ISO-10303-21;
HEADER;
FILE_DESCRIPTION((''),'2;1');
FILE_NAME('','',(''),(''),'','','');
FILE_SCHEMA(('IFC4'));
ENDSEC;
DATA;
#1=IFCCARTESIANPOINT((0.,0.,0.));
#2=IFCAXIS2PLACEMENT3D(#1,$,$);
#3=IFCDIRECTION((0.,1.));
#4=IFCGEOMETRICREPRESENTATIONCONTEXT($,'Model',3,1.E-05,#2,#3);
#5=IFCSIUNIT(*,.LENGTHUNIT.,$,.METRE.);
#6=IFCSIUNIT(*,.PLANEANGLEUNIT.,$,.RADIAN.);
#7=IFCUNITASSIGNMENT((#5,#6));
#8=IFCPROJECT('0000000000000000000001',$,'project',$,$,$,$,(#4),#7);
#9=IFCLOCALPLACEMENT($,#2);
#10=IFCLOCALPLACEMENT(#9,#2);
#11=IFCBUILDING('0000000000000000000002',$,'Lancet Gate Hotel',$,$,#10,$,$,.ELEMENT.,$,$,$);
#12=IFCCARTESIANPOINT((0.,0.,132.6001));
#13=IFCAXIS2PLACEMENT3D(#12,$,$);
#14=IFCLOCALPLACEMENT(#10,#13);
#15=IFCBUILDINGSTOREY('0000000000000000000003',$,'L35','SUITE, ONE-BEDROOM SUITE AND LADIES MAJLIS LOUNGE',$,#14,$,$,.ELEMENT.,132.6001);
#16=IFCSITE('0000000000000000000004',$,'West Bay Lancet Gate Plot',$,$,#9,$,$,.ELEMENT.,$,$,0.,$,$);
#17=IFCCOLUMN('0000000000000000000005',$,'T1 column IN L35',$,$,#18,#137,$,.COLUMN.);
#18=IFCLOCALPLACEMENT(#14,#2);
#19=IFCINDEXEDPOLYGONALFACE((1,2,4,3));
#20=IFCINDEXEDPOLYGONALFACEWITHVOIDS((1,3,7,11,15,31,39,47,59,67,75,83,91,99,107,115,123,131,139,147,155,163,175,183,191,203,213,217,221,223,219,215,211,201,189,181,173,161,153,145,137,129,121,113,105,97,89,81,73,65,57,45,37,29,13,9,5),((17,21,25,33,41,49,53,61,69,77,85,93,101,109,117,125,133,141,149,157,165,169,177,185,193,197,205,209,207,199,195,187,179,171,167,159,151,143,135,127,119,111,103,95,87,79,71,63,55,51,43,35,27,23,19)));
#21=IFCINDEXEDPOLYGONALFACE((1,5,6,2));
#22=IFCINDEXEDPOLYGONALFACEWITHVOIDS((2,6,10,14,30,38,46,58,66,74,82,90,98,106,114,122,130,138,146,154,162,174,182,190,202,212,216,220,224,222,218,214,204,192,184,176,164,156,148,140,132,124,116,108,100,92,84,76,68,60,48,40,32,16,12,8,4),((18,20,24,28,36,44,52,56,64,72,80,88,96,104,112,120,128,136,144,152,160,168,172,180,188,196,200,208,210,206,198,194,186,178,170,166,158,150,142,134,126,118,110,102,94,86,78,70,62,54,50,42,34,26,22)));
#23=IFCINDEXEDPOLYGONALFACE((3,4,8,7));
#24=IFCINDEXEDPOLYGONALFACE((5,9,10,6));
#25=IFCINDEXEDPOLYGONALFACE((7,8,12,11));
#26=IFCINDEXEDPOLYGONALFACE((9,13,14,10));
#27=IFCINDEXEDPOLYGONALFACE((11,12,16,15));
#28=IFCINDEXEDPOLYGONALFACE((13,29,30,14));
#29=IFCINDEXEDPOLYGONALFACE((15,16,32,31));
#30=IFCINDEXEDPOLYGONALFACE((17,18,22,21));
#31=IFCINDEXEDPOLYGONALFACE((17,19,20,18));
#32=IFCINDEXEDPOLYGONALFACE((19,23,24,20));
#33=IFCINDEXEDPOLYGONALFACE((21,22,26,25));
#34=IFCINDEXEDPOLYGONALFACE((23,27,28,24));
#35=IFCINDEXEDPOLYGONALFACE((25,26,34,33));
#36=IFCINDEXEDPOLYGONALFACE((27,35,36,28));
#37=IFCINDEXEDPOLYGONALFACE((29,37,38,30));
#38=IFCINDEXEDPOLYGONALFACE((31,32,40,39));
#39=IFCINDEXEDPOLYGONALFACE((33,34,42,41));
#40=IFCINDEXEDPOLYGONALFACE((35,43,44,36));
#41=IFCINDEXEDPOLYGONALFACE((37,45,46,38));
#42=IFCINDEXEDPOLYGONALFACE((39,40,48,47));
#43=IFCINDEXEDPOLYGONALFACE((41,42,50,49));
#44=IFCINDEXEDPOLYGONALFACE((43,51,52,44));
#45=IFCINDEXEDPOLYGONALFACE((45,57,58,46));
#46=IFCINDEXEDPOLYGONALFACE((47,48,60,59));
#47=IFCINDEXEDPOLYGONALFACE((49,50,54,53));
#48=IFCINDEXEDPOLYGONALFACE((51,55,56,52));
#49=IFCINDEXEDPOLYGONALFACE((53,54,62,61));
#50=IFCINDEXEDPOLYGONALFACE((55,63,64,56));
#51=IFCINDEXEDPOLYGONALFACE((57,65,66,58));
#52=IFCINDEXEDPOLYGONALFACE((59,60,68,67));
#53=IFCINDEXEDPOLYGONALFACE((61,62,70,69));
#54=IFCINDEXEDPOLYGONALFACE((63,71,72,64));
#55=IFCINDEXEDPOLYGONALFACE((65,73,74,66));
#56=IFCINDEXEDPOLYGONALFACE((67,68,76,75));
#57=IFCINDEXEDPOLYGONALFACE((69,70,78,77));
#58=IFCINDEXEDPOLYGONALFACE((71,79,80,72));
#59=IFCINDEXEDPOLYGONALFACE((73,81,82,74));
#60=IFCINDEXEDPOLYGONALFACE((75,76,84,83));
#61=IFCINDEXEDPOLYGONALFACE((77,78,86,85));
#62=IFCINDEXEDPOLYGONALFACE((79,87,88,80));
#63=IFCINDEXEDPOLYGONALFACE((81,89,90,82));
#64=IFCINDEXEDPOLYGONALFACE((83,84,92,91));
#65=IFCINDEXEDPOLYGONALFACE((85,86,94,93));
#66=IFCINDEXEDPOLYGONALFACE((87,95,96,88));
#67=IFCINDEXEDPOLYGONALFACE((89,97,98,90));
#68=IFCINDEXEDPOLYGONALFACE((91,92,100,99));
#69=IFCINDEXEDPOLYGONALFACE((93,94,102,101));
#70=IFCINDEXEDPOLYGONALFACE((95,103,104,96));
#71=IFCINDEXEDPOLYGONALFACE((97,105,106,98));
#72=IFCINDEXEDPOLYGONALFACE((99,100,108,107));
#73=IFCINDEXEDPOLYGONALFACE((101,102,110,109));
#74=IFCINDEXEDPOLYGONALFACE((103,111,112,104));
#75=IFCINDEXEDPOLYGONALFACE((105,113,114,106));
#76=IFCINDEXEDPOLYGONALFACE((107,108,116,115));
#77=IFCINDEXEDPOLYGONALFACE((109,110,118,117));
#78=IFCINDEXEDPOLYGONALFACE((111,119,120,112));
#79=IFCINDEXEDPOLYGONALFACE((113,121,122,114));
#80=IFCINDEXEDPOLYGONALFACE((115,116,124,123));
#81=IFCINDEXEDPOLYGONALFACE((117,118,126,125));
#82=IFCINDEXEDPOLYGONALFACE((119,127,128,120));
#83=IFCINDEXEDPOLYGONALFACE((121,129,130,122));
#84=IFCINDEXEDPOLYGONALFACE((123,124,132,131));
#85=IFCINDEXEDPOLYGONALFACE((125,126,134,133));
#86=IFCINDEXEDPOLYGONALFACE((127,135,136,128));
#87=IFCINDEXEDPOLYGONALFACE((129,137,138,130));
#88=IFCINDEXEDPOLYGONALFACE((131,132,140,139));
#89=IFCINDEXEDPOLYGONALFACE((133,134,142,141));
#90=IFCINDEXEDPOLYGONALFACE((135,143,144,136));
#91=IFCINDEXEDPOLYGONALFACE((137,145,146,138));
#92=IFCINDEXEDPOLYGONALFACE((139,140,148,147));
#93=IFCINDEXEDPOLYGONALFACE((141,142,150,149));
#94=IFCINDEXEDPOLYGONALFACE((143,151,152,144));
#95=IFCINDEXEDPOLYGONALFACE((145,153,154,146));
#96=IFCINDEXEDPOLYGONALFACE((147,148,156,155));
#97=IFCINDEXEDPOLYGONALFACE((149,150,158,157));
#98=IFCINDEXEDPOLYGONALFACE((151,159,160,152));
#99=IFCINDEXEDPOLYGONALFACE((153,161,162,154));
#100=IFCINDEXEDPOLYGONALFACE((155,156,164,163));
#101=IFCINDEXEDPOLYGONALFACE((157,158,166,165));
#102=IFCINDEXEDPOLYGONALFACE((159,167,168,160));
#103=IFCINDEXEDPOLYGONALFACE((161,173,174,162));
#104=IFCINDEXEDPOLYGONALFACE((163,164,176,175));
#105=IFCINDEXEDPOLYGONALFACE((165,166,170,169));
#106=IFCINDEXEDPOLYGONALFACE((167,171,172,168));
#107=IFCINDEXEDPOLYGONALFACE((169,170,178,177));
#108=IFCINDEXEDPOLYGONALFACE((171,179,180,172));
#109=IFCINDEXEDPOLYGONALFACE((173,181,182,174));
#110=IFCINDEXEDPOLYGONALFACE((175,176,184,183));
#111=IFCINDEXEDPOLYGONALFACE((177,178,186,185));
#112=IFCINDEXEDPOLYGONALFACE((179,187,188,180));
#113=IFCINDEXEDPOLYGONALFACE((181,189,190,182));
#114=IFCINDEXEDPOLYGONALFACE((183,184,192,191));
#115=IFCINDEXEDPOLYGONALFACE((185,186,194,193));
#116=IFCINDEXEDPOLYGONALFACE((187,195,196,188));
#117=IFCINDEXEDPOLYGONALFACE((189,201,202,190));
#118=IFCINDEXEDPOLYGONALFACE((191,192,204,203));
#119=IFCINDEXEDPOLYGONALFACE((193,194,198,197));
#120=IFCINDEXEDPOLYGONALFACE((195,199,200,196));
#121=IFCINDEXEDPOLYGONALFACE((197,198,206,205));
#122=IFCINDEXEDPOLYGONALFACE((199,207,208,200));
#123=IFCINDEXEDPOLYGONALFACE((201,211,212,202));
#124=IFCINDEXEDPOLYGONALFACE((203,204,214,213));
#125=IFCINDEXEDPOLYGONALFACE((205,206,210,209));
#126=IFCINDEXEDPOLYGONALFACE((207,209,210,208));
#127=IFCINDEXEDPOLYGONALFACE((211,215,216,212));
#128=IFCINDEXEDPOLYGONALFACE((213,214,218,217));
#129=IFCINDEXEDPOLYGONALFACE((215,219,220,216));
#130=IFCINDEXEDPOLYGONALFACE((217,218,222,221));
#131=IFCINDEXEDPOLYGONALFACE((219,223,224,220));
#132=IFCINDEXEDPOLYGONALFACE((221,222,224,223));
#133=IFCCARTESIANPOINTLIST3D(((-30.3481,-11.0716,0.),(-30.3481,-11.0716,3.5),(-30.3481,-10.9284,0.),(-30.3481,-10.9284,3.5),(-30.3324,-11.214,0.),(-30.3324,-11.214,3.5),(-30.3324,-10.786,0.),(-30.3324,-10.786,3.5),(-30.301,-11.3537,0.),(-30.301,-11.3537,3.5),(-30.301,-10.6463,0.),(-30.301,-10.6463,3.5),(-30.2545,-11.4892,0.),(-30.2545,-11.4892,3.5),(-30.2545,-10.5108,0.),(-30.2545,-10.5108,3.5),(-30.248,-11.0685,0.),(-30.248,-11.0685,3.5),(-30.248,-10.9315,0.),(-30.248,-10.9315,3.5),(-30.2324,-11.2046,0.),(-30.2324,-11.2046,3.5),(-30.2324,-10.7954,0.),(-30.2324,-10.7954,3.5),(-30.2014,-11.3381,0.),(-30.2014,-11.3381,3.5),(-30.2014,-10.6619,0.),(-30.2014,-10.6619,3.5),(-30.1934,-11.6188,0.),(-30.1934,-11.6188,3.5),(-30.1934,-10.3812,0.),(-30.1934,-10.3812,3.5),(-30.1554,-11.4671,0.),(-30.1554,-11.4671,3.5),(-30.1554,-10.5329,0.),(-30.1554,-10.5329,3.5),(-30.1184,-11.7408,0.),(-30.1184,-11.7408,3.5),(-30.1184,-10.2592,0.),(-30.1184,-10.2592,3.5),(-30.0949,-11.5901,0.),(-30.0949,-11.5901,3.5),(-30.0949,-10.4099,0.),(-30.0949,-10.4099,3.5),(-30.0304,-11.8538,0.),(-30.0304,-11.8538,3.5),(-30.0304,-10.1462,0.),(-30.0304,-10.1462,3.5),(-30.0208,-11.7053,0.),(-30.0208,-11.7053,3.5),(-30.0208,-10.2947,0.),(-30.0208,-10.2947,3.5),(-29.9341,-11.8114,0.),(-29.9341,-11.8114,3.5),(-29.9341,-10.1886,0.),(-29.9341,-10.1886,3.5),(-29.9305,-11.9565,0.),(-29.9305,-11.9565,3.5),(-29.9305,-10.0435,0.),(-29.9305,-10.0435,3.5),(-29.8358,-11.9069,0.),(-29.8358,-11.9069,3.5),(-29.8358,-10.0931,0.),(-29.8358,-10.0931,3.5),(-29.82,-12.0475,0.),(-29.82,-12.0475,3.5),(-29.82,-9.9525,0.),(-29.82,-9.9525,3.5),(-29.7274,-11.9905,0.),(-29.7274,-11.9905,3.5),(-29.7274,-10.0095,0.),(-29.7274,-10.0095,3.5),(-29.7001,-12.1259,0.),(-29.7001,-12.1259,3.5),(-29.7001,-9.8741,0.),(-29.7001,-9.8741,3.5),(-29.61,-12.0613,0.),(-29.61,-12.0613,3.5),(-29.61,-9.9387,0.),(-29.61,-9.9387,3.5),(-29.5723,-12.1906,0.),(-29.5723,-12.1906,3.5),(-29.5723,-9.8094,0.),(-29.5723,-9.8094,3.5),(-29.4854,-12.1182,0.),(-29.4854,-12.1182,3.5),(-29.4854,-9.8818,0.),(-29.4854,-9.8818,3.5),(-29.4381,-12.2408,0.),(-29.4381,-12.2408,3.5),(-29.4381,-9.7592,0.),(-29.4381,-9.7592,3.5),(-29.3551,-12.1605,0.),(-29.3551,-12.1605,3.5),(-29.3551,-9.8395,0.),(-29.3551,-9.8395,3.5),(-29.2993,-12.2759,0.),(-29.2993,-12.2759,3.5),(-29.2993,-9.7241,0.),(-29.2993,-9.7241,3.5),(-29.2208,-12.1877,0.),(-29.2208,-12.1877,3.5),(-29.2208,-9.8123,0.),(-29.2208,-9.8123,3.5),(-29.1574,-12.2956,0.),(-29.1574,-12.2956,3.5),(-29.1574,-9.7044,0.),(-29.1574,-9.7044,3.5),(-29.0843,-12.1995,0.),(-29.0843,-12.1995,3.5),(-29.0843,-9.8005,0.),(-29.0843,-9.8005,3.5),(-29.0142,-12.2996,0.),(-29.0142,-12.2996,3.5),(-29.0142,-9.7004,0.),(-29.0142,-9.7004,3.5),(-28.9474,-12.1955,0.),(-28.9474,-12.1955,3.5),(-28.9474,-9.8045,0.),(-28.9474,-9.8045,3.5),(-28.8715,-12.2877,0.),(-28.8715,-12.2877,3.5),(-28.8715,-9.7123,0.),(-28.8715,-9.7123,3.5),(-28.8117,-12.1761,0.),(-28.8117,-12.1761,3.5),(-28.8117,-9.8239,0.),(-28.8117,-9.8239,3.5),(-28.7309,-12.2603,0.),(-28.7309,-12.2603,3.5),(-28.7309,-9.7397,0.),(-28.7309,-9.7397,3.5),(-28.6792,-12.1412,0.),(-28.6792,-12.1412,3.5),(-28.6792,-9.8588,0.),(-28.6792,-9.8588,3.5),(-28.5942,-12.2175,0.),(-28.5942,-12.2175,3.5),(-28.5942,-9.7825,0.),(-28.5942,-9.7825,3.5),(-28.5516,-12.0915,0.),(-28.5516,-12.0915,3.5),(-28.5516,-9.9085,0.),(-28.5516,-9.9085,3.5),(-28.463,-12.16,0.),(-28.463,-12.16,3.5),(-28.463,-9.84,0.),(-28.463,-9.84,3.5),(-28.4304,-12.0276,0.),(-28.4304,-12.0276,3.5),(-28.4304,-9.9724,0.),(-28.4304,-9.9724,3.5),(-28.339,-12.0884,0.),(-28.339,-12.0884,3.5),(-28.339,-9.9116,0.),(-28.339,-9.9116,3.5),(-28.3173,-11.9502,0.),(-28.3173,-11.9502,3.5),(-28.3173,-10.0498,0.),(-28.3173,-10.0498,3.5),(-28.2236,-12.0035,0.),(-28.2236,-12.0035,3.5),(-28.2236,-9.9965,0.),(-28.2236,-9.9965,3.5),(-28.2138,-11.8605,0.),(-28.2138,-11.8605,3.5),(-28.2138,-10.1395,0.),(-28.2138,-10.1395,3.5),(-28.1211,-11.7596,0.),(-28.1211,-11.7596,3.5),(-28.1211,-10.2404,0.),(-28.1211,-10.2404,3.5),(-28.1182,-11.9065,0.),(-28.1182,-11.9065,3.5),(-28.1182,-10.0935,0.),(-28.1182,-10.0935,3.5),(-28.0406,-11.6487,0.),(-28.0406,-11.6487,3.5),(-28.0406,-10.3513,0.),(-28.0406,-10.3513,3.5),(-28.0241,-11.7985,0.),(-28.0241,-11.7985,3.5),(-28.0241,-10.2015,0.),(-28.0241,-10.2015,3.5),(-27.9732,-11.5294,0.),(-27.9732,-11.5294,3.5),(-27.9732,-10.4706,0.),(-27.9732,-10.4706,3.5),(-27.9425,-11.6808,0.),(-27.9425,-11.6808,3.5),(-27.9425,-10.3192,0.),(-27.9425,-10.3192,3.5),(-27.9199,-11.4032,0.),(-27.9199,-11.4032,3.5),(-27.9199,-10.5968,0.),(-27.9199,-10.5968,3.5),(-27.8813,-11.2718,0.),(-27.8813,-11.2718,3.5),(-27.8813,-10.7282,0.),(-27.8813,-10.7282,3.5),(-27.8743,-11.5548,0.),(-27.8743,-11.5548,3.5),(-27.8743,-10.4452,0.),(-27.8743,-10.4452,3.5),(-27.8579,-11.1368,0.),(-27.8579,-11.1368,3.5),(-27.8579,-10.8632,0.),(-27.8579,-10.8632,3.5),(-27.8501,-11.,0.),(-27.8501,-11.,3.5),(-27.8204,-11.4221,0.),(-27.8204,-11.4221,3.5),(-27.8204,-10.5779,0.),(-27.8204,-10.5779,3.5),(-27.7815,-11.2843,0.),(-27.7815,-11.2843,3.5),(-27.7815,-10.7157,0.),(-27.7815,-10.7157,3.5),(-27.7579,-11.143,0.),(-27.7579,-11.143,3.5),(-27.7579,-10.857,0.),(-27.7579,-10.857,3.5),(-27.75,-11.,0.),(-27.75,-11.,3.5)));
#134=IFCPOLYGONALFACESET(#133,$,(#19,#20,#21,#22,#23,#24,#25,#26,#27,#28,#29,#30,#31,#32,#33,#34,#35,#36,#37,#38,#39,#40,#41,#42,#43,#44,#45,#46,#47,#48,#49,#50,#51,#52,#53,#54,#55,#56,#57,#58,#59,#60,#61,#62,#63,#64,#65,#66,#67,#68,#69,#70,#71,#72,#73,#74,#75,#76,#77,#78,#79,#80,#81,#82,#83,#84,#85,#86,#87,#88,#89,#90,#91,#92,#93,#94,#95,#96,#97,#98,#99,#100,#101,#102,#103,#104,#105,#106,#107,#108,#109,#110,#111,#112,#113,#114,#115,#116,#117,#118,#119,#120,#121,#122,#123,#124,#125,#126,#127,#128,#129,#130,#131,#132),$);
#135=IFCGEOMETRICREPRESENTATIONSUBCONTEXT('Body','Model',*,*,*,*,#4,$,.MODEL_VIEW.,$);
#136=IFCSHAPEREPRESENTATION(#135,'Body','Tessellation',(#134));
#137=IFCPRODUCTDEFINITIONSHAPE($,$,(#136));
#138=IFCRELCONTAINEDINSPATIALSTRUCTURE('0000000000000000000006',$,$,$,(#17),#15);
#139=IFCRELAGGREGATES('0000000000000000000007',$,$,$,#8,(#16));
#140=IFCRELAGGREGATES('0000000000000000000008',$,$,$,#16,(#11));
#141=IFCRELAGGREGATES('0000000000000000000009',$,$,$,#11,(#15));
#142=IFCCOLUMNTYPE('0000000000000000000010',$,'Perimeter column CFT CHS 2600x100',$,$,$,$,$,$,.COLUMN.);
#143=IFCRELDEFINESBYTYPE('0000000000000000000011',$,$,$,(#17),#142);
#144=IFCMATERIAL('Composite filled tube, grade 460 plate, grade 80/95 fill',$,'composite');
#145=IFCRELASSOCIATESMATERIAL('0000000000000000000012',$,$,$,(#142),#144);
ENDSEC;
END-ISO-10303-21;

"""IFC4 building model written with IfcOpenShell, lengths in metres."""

from ifc_helpers import new_model, si_unit, direction, frame, origin, origin_2d, place, context, subcontext, project, spatial, hollow_circle, extrude, material, material_profile, profile_set, type_object, element, save


model = new_model("IFC4")

# Units and contexts
model_context = context("Model", 3, precision=1e-05, world=origin(), true_north=direction((0.0, 1.0)))
body_context = subcontext(model_context, "Body", "Model", "MODEL_VIEW")
ifc_project = project(units=[si_unit("LENGTHUNIT", "METRE"), si_unit("PLANEANGLEUNIT", "RADIAN")], contexts=[model_context])

# Site, building, storey
site_placement = place(None, origin())
site = spatial("IfcSite", under=ifc_project, at=site_placement, Name="West Bay Lancet Gate Plot", CompositionType="ELEMENT", RefElevation=0.0)
building_placement = place(site_placement, origin())
building = spatial("IfcBuilding", under=site, at=building_placement, Name="Lancet Gate Hotel", CompositionType="ELEMENT")
storey_placement = place(building_placement, frame((0.0, 0.0, 132.6001)))
storey = spatial("IfcBuildingStorey", under=building, at=storey_placement, Name="L35", Description="SUITE, ONE-BEDROOM SUITE AND LADIES MAJLIS LOUNGE", CompositionType="ELEMENT", Elevation=132.6001)

# Column
ifc_material_1 = material(Name="Composite filled tube, grade 460 plate, grade 80/95 fill", Category="composite")
ifc_material_profile_1 = material_profile(ifc_material_1, hollow_circle(Radius=1.3, WallThickness=0.1001, at=origin_2d()), Name="CHS 2600x100")
ifc_profile_set_1 = profile_set([ifc_material_profile_1], Name="Composite filled tube, grade 460 plate, grade 80/95 fill")
column_type = type_object("IfcColumnType", Name="Perimeter column CFT CHS 2600x100", PredefinedType="COLUMN", material=ifc_profile_set_1)
for number, where, z_axis, x_axis, name in (
    (1, (-29.05, -11.0, 0.0), (0.0, 0.0, 1.0), (1.0, 0.0, 0.0), "T1 column IN L35"),
):
    element("IfcColumn", number, at=place(storey_placement, frame(where, z_axis=z_axis, x_axis=x_axis)), inside=storey, type_object=column_type, Name=name, PredefinedType="COLUMN", context=body_context, shape_type="SweptSolid", body=[
        extrude(hollow_circle(Radius=1.3, WallThickness=0.1001, at=origin_2d()), origin(), (0.0, 0.0, 1.0), 3.5),
    ])

save(model, "model.ifc")
